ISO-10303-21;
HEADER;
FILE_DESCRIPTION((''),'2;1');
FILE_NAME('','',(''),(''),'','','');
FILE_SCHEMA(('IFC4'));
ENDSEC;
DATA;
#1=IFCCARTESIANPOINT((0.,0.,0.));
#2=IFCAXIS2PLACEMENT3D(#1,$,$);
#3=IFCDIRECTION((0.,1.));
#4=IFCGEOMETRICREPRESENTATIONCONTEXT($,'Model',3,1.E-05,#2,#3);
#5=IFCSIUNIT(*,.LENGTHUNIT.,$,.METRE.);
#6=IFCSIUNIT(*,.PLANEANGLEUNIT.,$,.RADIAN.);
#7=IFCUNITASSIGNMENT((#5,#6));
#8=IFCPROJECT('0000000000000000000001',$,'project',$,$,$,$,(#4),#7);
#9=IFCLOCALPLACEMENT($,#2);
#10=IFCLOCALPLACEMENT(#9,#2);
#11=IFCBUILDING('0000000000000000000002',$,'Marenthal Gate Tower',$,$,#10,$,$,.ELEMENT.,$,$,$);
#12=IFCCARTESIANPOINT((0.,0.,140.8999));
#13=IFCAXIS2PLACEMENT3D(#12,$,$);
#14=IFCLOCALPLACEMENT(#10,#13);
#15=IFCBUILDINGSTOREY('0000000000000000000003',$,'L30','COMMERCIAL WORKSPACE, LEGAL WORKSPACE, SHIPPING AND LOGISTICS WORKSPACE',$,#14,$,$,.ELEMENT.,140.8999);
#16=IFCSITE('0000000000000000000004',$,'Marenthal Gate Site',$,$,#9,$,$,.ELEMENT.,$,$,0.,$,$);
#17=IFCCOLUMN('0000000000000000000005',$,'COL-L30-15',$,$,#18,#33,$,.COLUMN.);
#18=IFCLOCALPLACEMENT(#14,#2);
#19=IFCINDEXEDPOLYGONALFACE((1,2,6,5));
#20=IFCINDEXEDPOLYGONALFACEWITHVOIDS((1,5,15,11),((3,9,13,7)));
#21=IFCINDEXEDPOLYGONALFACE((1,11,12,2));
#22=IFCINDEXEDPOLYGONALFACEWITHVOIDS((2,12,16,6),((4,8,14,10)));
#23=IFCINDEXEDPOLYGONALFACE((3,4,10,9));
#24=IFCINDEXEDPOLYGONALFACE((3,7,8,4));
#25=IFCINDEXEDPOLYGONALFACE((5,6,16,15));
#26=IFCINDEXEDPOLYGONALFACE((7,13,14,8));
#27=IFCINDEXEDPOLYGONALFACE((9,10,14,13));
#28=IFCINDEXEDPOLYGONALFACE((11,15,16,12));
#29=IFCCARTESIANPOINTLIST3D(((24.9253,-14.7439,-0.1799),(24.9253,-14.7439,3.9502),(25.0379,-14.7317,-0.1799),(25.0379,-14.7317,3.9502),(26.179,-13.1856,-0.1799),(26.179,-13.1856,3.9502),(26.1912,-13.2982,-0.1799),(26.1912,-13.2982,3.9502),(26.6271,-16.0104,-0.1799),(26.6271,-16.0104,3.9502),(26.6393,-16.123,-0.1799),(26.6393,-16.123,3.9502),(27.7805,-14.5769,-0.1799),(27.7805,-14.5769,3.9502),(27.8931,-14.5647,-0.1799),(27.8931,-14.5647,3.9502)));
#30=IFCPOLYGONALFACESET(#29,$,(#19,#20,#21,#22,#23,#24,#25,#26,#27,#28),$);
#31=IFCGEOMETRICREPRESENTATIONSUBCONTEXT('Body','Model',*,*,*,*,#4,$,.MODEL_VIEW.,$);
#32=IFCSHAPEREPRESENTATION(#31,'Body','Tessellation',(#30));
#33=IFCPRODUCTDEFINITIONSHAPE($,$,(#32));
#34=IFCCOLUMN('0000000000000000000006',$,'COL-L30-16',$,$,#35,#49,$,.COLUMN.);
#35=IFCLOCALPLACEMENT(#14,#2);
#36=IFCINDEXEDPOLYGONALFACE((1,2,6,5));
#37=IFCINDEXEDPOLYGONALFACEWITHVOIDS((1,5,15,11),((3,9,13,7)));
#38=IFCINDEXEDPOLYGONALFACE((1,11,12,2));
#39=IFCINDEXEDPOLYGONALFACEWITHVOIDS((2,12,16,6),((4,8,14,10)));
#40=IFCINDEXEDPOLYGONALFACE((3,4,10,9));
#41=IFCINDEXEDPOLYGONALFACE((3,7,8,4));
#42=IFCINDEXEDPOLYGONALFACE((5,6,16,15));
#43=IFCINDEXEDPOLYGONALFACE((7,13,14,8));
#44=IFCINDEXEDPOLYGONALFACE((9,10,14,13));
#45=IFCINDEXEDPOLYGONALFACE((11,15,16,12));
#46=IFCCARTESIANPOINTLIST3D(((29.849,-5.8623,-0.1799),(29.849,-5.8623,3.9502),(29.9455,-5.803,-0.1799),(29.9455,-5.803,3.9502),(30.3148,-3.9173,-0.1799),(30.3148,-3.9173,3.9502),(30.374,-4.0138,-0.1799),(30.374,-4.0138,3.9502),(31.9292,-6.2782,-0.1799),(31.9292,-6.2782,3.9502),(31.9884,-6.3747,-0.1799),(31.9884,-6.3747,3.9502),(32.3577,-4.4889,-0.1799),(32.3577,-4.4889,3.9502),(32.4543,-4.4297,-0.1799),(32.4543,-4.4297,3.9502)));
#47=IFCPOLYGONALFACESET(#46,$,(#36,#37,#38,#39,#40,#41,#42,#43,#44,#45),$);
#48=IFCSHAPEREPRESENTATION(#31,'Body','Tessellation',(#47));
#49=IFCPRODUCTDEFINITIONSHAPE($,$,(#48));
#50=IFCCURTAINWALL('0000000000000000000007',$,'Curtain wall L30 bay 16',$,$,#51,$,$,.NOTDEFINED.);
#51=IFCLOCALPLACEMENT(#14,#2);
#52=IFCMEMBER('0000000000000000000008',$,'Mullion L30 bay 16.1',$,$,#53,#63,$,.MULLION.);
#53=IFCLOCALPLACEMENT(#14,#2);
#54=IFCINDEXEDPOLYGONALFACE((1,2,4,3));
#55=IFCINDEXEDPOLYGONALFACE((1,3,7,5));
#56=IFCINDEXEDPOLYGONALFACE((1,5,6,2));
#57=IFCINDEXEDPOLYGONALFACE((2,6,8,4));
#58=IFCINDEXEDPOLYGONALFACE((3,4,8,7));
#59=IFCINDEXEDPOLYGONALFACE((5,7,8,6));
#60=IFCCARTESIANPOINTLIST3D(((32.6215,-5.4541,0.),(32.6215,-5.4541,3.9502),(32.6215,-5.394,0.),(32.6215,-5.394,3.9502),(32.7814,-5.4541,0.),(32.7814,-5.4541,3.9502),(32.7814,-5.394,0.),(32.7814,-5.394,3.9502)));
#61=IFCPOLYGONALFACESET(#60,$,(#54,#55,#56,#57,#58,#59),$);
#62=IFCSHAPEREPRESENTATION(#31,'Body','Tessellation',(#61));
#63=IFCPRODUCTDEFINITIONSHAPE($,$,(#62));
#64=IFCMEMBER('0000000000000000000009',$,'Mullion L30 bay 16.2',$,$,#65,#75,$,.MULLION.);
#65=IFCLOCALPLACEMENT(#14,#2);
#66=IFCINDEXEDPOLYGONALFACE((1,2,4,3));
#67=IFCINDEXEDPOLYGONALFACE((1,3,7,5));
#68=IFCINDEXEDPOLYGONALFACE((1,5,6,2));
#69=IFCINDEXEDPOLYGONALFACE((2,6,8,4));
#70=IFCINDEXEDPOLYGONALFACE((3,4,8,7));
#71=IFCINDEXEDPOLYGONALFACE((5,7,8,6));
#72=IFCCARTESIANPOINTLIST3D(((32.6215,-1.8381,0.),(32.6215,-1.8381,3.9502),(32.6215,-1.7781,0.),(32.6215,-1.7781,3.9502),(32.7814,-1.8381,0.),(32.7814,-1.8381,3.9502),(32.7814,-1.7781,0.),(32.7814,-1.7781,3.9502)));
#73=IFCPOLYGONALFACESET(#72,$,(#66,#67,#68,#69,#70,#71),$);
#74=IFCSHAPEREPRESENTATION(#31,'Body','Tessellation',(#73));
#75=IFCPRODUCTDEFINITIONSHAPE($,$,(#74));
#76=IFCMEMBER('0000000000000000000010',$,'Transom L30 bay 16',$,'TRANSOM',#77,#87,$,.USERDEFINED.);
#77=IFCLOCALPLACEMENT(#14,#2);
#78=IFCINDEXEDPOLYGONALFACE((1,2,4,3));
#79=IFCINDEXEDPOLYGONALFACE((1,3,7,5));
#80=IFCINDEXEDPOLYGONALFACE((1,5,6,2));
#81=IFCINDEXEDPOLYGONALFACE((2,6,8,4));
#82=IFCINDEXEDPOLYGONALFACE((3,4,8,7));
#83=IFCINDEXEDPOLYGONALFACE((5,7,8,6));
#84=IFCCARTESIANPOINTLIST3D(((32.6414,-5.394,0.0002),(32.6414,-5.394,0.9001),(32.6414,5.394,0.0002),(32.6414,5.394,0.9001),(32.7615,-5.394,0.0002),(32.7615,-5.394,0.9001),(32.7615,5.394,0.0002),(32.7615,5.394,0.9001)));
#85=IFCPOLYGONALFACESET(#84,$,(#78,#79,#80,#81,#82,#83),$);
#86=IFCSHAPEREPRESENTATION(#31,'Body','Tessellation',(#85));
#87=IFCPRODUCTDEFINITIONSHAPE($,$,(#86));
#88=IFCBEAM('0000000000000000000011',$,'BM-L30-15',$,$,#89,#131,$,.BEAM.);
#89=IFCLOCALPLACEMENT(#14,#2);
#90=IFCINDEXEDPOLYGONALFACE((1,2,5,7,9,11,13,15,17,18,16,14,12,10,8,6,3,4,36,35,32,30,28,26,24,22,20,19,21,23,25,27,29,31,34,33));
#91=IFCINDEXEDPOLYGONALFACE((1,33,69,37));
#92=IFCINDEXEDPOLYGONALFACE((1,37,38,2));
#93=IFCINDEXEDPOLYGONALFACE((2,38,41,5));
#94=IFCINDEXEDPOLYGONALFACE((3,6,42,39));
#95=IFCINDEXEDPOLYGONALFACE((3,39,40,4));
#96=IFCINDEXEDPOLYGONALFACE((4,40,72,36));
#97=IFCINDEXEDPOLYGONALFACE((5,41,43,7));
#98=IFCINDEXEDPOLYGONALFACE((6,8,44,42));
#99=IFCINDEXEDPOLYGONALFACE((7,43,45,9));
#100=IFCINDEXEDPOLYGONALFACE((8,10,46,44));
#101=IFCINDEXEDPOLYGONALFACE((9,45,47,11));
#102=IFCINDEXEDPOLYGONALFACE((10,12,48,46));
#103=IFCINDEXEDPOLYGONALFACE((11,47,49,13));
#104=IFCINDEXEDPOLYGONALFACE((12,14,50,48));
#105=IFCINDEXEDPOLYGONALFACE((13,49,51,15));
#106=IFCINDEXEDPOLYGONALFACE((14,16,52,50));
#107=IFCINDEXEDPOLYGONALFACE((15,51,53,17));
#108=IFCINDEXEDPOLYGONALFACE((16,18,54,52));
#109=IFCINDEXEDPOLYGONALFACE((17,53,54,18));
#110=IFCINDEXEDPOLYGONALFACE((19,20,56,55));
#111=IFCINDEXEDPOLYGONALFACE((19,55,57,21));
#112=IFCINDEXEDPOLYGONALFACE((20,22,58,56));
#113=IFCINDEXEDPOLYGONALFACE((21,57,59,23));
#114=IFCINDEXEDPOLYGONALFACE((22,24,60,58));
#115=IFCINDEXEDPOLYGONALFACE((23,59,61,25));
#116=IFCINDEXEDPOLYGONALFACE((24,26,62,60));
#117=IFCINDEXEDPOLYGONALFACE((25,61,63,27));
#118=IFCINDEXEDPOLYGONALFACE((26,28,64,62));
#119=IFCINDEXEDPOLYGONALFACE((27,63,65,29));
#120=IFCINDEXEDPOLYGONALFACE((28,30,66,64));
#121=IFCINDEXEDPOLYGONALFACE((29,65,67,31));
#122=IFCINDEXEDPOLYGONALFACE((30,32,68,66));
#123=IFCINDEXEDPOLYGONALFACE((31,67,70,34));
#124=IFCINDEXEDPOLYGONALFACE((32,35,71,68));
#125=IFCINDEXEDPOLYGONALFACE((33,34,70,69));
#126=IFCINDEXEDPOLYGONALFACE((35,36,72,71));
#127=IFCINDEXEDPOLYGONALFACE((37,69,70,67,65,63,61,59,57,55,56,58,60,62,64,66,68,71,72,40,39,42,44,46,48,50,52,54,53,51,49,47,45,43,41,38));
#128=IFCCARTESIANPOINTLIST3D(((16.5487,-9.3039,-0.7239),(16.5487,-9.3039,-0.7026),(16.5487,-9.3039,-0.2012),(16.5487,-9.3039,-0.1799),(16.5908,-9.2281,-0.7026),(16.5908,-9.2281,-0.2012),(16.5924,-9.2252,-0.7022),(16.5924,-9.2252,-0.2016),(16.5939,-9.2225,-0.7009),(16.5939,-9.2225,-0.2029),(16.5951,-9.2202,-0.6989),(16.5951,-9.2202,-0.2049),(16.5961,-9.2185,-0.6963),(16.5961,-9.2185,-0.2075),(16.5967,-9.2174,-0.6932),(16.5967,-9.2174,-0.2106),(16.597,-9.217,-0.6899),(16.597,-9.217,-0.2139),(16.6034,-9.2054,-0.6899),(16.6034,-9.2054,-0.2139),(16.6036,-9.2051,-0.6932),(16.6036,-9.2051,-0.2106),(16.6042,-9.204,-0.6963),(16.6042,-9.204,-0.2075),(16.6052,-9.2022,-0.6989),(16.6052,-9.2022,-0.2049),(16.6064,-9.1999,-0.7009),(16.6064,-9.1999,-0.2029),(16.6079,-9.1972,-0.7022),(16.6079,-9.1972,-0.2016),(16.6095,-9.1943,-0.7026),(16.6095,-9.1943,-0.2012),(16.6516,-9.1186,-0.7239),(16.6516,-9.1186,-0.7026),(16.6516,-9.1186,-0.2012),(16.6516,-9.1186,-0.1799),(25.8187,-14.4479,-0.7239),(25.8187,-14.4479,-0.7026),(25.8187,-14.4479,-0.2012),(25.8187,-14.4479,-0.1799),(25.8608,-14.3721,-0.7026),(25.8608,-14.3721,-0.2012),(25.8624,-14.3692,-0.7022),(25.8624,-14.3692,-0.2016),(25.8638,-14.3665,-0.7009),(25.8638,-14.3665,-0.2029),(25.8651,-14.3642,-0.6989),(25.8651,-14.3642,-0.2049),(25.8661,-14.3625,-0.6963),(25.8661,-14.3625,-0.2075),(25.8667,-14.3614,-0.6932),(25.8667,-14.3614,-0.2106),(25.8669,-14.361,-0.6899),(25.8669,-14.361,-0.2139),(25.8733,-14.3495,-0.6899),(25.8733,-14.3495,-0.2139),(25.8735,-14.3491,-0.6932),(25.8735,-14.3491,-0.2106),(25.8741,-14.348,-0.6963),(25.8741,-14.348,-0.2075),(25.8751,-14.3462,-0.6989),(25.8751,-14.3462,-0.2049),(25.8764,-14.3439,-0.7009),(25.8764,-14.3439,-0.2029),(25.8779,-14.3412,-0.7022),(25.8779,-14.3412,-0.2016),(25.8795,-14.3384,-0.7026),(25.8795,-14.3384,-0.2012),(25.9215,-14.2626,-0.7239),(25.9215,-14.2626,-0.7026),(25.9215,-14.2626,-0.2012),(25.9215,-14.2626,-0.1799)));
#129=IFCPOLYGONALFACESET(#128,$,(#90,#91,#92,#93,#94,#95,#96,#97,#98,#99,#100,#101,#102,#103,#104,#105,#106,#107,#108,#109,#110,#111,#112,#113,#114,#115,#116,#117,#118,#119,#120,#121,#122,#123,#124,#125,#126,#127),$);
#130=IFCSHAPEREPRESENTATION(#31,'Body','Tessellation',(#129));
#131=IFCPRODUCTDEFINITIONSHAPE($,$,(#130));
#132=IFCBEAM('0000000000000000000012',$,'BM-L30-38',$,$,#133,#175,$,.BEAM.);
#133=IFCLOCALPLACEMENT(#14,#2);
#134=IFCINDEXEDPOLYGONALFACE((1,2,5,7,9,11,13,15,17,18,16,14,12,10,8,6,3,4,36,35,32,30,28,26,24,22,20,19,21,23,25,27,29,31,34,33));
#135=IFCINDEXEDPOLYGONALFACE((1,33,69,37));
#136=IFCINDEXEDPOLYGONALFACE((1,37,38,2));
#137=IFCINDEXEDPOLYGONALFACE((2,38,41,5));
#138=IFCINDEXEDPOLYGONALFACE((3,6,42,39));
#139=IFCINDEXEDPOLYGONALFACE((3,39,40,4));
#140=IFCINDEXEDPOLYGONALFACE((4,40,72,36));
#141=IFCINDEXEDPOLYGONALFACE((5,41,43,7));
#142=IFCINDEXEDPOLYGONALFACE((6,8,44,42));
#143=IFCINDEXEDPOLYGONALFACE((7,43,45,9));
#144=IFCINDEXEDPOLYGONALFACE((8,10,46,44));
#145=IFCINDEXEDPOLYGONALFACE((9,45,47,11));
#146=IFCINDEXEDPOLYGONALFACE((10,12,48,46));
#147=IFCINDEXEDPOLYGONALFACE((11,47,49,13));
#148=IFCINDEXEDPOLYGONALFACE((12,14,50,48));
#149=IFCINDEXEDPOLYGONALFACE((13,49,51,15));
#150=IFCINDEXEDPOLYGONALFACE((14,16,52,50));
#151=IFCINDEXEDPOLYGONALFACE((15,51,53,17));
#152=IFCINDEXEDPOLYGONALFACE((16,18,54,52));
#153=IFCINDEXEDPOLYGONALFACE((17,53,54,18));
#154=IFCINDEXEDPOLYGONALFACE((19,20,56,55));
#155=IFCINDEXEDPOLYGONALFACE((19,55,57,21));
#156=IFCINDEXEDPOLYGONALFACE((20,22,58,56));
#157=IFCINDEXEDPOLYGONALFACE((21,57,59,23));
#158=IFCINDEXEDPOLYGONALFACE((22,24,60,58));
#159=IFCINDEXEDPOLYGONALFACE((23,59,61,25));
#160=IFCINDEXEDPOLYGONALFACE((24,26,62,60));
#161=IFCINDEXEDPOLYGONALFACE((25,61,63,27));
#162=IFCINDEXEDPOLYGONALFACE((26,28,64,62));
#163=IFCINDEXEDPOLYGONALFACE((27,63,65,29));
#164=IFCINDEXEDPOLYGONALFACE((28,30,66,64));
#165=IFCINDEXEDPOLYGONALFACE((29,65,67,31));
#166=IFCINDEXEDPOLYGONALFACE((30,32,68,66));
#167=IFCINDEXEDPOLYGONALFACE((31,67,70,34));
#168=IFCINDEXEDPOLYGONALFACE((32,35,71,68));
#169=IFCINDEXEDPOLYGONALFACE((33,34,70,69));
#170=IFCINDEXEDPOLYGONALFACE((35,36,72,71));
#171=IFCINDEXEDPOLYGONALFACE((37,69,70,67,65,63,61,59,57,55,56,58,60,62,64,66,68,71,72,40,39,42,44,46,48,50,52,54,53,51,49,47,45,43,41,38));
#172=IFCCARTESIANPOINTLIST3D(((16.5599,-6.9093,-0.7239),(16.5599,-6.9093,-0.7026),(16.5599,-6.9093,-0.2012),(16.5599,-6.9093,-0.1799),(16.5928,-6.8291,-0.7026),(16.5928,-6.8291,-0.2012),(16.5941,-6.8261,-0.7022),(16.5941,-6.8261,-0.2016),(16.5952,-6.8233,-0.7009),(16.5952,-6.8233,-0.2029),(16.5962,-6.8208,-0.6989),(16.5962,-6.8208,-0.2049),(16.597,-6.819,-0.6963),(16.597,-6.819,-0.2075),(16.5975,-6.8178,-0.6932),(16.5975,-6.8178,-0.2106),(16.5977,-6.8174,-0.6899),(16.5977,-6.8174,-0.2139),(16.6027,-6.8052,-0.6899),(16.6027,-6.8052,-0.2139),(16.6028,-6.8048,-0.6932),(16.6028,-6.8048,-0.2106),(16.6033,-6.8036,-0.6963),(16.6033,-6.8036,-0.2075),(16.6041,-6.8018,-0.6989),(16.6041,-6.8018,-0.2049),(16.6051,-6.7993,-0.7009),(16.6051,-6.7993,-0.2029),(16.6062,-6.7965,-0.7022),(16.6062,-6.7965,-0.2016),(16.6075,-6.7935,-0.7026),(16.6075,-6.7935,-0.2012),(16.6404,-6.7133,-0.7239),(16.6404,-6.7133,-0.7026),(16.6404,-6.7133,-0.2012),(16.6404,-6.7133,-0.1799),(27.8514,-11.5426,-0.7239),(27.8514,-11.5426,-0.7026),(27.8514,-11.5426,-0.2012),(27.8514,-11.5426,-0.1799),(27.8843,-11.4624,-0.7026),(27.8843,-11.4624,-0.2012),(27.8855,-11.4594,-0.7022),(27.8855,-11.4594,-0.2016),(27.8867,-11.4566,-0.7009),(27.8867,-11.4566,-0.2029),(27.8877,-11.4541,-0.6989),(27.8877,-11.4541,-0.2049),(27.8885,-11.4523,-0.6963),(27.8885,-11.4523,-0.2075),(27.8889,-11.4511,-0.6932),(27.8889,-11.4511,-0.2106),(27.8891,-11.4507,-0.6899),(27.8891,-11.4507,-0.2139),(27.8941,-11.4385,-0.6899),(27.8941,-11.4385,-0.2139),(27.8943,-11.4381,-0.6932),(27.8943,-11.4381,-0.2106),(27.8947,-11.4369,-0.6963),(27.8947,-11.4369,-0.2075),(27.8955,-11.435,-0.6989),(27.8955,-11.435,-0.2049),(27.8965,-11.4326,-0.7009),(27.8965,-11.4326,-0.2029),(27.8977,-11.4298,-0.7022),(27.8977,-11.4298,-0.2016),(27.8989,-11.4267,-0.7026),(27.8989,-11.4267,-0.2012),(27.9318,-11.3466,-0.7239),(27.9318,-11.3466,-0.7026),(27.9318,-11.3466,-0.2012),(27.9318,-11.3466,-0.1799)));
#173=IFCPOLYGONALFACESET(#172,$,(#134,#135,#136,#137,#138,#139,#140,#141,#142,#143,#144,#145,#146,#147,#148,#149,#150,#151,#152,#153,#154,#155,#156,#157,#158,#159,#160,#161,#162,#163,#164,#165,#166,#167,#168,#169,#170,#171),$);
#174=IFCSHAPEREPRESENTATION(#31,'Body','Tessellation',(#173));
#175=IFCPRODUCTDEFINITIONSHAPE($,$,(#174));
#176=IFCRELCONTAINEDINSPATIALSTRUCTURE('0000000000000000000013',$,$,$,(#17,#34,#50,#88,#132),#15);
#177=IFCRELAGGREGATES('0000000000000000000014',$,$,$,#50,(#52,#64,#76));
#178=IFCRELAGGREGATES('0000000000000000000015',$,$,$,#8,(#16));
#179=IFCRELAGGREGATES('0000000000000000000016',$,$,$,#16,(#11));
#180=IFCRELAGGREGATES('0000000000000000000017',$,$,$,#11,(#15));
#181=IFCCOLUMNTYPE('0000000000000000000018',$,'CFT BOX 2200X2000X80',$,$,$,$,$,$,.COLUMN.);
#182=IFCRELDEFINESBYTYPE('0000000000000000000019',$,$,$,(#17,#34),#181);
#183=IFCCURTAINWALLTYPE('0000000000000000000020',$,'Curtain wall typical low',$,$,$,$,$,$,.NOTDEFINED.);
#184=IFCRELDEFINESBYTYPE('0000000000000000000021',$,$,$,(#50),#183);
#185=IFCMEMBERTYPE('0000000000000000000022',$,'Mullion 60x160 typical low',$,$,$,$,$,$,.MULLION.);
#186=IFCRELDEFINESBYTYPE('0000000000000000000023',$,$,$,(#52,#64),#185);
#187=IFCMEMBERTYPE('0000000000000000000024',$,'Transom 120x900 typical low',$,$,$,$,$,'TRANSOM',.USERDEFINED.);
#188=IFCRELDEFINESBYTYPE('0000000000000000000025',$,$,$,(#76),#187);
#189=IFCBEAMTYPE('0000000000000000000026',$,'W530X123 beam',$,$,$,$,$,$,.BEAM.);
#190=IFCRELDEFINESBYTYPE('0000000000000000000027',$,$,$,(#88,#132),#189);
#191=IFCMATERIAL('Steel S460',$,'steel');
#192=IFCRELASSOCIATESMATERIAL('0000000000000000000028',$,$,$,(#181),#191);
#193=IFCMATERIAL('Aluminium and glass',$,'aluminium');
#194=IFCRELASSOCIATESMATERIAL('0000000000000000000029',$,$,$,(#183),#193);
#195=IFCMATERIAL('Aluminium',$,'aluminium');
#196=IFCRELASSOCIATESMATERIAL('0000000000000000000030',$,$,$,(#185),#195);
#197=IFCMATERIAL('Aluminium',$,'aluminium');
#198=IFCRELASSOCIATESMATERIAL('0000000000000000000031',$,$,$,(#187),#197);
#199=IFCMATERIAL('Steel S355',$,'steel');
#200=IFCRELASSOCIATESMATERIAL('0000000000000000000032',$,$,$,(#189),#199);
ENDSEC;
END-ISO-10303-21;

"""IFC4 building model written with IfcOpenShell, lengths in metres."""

from ifc_helpers import new_model, si_unit, direction, frame, origin, origin_2d, place, context, subcontext, project, spatial, rectangle, hollow_rectangle, i_section, extrude, material, material_profile, profile_set, type_object, element, aggregate, save


model = new_model("IFC4")

# Units and contexts
model_context = context("Model", 3, precision=1e-05, world=origin(), true_north=direction((0.0, 1.0)))
body_context = subcontext(model_context, "Body", "Model", "MODEL_VIEW")
ifc_project = project(units=[si_unit("LENGTHUNIT", "METRE"), si_unit("PLANEANGLEUNIT", "RADIAN")], contexts=[model_context])

# Site, building, storey
site_placement = place(None, origin())
site = spatial("IfcSite", under=ifc_project, at=site_placement, Name="Marenthal Gate Site", CompositionType="ELEMENT", RefElevation=0.0)
building_placement = place(site_placement, origin())
building = spatial("IfcBuilding", under=site, at=building_placement, Name="Marenthal Gate Tower", CompositionType="ELEMENT")
storey_placement = place(building_placement, frame((0.0, 0.0, 140.8999)))
storey = spatial("IfcBuildingStorey", under=building, at=storey_placement, Name="L30", Description="COMMERCIAL WORKSPACE, LEGAL WORKSPACE, SHIPPING AND LOGISTICS WORKSPACE", CompositionType="ELEMENT", Elevation=140.8999)

# Columns
ifc_material_1 = material(Name="Steel S460", Category="steel")
ifc_material_profile_1 = material_profile(ifc_material_1, hollow_rectangle(XDim=2.0, YDim=2.2, WallThickness=0.0801, at=origin_2d()), Name="CFT BOX 2200X2000X80")
ifc_material_2 = material(Name="Concrete 70 MPa", Category="concrete")
ifc_material_profile_2 = material_profile(ifc_material_2, rectangle(XDim=1.8401, YDim=2.04, at=origin_2d()), Name="CFT BOX 2200X2000X80 INFILL")
ifc_profile_set_1 = profile_set([ifc_material_profile_1, ifc_material_profile_2], Name="Steel S460 shell, Concrete 70 MPa infill")
column_type = type_object("IfcColumnType", Name="CFT BOX 2200X2000X80", PredefinedType="COLUMN", material=ifc_profile_set_1)
for number, where, z_axis, x_axis, name in (
    (1, (26.4092, -14.6543, -0.1799), (0.0, 0.0, 1.0), (-0.626873, -0.779121, 0.0), "COL-L30-15"),
    (2, (31.1516, -5.146, -0.1799), (0.0, 0.0, 1.0), (-0.232933, -0.972493, 0.0), "COL-L30-16"),
):
    element("IfcColumn", number, at=place(storey_placement, frame(where, z_axis=z_axis, x_axis=x_axis)), inside=storey, type_object=column_type, Name=name, PredefinedType="COLUMN", context=body_context, shape_type="SweptSolid", body=[
        extrude(hollow_rectangle(XDim=2.0, YDim=2.2, WallThickness=0.0801, at=origin_2d()), origin(), (0.0, 0.0, 1.0), 4.1301),
    ])

# Curtain wall, members
ifc_material_3 = material(Name="Aluminium and glass", Category="aluminium")
curtain_wall_type = type_object("IfcCurtainWallType", Name="Curtain wall typical low", PredefinedType="NOTDEFINED", material=ifc_material_3)
curtain_wall_placement = place(storey_placement, origin())
curtain_wall = element("IfcCurtainWall", 3, at=curtain_wall_placement, inside=storey, type_object=curtain_wall_type, Name="Curtain wall L30 bay 16", PredefinedType="NOTDEFINED")
ifc_material_4 = material(Name="Aluminium", Category="aluminium")
ifc_material_profile_3 = material_profile(ifc_material_4, rectangle(XDim=0.1599, YDim=0.0601, at=origin_2d()), Name="60x160 aluminium mullion")
ifc_profile_set_2 = profile_set([ifc_material_profile_3], Name="Aluminium")
member_type_1 = type_object("IfcMemberType", Name="Mullion 60x160 typical low", PredefinedType="MULLION", material=ifc_profile_set_2)
member_1_placement = place(storey_placement, frame((32.7014, -5.4241, 0.0), z_axis=(0.0, 0.0, 1.0), x_axis=(-1.0, 0.0, 0.0)))
member_1 = element("IfcMember", 4, at=member_1_placement, type_object=member_type_1, Name="Mullion L30 bay 16.1", PredefinedType="MULLION", context=body_context, shape_type="SweptSolid", body=[
    extrude(rectangle(XDim=0.1599, YDim=0.0601, at=origin_2d()), origin(), (0.0, 0.0, 1.0), 3.9502),
])
member_2_placement = place(storey_placement, frame((32.7014, -1.8081, 0.0), z_axis=(0.0, 0.0, 1.0), x_axis=(-1.0, 0.0, 0.0)))
member_2 = element("IfcMember", 5, at=member_2_placement, type_object=member_type_1, Name="Mullion L30 bay 16.2", PredefinedType="MULLION", context=body_context, shape_type="SweptSolid", body=[
    extrude(rectangle(XDim=0.1599, YDim=0.0601, at=origin_2d()), origin(), (0.0, 0.0, 1.0), 3.9502),
])
ifc_material_5 = material(Name="Aluminium", Category="aluminium")
ifc_material_profile_4 = material_profile(ifc_material_5, rectangle(XDim=0.1201, YDim=0.8999, at=origin_2d()), Name="120x900 aluminium transom")
ifc_profile_set_3 = profile_set([ifc_material_profile_4], Name="Aluminium")
member_type_2 = type_object("IfcMemberType", Name="Transom 120x900 typical low", ElementType="TRANSOM", PredefinedType="USERDEFINED", material=ifc_profile_set_3)
member_3_placement = place(storey_placement, frame((32.7014, -5.394, 0.4502), z_axis=(0.0, 1.0, 0.0), x_axis=(-1.0, 0.0, 0.0)))
member_3 = element("IfcMember", 6, at=member_3_placement, type_object=member_type_2, Name="Transom L30 bay 16", ObjectType="TRANSOM", PredefinedType="USERDEFINED", context=body_context, shape_type="SweptSolid", body=[
    extrude(rectangle(XDim=0.1201, YDim=0.8999, at=origin_2d()), origin(), (0.0, 0.0, 1.0), 10.7881),
])

# Beams
ifc_material_6 = material(Name="Steel S355", Category="steel")
ifc_material_profile_5 = material_profile(ifc_material_6, i_section(OverallWidth=0.2119, OverallDepth=0.5439, WebThickness=0.0132, FlangeThickness=0.0212, FilletRadius=0.0127, at=origin_2d()), Name="W530X123")
ifc_profile_set_4 = profile_set([ifc_material_profile_5], Name="Steel S355")
beam_type_1 = type_object("IfcBeamType", Name="W530X123 beam", PredefinedType="BEAM", material=ifc_profile_set_4)
beam_1_placement = place(storey_placement, frame((25.8701, -14.3552, -0.4519), z_axis=(-0.874396, 0.485213, 0.0), x_axis=(-0.485213, -0.874396, 0.0)))
element("IfcBeam", 7, at=beam_1_placement, inside=storey, type_object=beam_type_1, Name="BM-L30-15", PredefinedType="BEAM", context=body_context, shape_type="SweptSolid", body=[
    extrude(i_section(OverallWidth=0.2119, OverallDepth=0.5439, WebThickness=0.0132, FlangeThickness=0.0212, FilletRadius=0.0127, at=origin_2d()), origin(), (0.0, 0.0, 1.0), 10.6016),
])
beam_2_placement = place(storey_placement, frame((27.8916, -11.4446, -0.4519), z_axis=(-0.925143, 0.379619, 0.0), x_axis=(-0.379619, -0.925143, 0.0)))
element("IfcBeam", 8, at=beam_2_placement, inside=storey, type_object=beam_type_1, Name="BM-L30-38", PredefinedType="BEAM", context=body_context, shape_type="SweptSolid", body=[
    extrude(i_section(OverallWidth=0.2119, OverallDepth=0.5439, WebThickness=0.0132, FlangeThickness=0.0212, FilletRadius=0.0127, at=origin_2d()), origin(), (0.0, 0.0, 1.0), 12.2051),
])

aggregate(curtain_wall, [member_1, member_2, member_3])

save(model, "model.ifc")
